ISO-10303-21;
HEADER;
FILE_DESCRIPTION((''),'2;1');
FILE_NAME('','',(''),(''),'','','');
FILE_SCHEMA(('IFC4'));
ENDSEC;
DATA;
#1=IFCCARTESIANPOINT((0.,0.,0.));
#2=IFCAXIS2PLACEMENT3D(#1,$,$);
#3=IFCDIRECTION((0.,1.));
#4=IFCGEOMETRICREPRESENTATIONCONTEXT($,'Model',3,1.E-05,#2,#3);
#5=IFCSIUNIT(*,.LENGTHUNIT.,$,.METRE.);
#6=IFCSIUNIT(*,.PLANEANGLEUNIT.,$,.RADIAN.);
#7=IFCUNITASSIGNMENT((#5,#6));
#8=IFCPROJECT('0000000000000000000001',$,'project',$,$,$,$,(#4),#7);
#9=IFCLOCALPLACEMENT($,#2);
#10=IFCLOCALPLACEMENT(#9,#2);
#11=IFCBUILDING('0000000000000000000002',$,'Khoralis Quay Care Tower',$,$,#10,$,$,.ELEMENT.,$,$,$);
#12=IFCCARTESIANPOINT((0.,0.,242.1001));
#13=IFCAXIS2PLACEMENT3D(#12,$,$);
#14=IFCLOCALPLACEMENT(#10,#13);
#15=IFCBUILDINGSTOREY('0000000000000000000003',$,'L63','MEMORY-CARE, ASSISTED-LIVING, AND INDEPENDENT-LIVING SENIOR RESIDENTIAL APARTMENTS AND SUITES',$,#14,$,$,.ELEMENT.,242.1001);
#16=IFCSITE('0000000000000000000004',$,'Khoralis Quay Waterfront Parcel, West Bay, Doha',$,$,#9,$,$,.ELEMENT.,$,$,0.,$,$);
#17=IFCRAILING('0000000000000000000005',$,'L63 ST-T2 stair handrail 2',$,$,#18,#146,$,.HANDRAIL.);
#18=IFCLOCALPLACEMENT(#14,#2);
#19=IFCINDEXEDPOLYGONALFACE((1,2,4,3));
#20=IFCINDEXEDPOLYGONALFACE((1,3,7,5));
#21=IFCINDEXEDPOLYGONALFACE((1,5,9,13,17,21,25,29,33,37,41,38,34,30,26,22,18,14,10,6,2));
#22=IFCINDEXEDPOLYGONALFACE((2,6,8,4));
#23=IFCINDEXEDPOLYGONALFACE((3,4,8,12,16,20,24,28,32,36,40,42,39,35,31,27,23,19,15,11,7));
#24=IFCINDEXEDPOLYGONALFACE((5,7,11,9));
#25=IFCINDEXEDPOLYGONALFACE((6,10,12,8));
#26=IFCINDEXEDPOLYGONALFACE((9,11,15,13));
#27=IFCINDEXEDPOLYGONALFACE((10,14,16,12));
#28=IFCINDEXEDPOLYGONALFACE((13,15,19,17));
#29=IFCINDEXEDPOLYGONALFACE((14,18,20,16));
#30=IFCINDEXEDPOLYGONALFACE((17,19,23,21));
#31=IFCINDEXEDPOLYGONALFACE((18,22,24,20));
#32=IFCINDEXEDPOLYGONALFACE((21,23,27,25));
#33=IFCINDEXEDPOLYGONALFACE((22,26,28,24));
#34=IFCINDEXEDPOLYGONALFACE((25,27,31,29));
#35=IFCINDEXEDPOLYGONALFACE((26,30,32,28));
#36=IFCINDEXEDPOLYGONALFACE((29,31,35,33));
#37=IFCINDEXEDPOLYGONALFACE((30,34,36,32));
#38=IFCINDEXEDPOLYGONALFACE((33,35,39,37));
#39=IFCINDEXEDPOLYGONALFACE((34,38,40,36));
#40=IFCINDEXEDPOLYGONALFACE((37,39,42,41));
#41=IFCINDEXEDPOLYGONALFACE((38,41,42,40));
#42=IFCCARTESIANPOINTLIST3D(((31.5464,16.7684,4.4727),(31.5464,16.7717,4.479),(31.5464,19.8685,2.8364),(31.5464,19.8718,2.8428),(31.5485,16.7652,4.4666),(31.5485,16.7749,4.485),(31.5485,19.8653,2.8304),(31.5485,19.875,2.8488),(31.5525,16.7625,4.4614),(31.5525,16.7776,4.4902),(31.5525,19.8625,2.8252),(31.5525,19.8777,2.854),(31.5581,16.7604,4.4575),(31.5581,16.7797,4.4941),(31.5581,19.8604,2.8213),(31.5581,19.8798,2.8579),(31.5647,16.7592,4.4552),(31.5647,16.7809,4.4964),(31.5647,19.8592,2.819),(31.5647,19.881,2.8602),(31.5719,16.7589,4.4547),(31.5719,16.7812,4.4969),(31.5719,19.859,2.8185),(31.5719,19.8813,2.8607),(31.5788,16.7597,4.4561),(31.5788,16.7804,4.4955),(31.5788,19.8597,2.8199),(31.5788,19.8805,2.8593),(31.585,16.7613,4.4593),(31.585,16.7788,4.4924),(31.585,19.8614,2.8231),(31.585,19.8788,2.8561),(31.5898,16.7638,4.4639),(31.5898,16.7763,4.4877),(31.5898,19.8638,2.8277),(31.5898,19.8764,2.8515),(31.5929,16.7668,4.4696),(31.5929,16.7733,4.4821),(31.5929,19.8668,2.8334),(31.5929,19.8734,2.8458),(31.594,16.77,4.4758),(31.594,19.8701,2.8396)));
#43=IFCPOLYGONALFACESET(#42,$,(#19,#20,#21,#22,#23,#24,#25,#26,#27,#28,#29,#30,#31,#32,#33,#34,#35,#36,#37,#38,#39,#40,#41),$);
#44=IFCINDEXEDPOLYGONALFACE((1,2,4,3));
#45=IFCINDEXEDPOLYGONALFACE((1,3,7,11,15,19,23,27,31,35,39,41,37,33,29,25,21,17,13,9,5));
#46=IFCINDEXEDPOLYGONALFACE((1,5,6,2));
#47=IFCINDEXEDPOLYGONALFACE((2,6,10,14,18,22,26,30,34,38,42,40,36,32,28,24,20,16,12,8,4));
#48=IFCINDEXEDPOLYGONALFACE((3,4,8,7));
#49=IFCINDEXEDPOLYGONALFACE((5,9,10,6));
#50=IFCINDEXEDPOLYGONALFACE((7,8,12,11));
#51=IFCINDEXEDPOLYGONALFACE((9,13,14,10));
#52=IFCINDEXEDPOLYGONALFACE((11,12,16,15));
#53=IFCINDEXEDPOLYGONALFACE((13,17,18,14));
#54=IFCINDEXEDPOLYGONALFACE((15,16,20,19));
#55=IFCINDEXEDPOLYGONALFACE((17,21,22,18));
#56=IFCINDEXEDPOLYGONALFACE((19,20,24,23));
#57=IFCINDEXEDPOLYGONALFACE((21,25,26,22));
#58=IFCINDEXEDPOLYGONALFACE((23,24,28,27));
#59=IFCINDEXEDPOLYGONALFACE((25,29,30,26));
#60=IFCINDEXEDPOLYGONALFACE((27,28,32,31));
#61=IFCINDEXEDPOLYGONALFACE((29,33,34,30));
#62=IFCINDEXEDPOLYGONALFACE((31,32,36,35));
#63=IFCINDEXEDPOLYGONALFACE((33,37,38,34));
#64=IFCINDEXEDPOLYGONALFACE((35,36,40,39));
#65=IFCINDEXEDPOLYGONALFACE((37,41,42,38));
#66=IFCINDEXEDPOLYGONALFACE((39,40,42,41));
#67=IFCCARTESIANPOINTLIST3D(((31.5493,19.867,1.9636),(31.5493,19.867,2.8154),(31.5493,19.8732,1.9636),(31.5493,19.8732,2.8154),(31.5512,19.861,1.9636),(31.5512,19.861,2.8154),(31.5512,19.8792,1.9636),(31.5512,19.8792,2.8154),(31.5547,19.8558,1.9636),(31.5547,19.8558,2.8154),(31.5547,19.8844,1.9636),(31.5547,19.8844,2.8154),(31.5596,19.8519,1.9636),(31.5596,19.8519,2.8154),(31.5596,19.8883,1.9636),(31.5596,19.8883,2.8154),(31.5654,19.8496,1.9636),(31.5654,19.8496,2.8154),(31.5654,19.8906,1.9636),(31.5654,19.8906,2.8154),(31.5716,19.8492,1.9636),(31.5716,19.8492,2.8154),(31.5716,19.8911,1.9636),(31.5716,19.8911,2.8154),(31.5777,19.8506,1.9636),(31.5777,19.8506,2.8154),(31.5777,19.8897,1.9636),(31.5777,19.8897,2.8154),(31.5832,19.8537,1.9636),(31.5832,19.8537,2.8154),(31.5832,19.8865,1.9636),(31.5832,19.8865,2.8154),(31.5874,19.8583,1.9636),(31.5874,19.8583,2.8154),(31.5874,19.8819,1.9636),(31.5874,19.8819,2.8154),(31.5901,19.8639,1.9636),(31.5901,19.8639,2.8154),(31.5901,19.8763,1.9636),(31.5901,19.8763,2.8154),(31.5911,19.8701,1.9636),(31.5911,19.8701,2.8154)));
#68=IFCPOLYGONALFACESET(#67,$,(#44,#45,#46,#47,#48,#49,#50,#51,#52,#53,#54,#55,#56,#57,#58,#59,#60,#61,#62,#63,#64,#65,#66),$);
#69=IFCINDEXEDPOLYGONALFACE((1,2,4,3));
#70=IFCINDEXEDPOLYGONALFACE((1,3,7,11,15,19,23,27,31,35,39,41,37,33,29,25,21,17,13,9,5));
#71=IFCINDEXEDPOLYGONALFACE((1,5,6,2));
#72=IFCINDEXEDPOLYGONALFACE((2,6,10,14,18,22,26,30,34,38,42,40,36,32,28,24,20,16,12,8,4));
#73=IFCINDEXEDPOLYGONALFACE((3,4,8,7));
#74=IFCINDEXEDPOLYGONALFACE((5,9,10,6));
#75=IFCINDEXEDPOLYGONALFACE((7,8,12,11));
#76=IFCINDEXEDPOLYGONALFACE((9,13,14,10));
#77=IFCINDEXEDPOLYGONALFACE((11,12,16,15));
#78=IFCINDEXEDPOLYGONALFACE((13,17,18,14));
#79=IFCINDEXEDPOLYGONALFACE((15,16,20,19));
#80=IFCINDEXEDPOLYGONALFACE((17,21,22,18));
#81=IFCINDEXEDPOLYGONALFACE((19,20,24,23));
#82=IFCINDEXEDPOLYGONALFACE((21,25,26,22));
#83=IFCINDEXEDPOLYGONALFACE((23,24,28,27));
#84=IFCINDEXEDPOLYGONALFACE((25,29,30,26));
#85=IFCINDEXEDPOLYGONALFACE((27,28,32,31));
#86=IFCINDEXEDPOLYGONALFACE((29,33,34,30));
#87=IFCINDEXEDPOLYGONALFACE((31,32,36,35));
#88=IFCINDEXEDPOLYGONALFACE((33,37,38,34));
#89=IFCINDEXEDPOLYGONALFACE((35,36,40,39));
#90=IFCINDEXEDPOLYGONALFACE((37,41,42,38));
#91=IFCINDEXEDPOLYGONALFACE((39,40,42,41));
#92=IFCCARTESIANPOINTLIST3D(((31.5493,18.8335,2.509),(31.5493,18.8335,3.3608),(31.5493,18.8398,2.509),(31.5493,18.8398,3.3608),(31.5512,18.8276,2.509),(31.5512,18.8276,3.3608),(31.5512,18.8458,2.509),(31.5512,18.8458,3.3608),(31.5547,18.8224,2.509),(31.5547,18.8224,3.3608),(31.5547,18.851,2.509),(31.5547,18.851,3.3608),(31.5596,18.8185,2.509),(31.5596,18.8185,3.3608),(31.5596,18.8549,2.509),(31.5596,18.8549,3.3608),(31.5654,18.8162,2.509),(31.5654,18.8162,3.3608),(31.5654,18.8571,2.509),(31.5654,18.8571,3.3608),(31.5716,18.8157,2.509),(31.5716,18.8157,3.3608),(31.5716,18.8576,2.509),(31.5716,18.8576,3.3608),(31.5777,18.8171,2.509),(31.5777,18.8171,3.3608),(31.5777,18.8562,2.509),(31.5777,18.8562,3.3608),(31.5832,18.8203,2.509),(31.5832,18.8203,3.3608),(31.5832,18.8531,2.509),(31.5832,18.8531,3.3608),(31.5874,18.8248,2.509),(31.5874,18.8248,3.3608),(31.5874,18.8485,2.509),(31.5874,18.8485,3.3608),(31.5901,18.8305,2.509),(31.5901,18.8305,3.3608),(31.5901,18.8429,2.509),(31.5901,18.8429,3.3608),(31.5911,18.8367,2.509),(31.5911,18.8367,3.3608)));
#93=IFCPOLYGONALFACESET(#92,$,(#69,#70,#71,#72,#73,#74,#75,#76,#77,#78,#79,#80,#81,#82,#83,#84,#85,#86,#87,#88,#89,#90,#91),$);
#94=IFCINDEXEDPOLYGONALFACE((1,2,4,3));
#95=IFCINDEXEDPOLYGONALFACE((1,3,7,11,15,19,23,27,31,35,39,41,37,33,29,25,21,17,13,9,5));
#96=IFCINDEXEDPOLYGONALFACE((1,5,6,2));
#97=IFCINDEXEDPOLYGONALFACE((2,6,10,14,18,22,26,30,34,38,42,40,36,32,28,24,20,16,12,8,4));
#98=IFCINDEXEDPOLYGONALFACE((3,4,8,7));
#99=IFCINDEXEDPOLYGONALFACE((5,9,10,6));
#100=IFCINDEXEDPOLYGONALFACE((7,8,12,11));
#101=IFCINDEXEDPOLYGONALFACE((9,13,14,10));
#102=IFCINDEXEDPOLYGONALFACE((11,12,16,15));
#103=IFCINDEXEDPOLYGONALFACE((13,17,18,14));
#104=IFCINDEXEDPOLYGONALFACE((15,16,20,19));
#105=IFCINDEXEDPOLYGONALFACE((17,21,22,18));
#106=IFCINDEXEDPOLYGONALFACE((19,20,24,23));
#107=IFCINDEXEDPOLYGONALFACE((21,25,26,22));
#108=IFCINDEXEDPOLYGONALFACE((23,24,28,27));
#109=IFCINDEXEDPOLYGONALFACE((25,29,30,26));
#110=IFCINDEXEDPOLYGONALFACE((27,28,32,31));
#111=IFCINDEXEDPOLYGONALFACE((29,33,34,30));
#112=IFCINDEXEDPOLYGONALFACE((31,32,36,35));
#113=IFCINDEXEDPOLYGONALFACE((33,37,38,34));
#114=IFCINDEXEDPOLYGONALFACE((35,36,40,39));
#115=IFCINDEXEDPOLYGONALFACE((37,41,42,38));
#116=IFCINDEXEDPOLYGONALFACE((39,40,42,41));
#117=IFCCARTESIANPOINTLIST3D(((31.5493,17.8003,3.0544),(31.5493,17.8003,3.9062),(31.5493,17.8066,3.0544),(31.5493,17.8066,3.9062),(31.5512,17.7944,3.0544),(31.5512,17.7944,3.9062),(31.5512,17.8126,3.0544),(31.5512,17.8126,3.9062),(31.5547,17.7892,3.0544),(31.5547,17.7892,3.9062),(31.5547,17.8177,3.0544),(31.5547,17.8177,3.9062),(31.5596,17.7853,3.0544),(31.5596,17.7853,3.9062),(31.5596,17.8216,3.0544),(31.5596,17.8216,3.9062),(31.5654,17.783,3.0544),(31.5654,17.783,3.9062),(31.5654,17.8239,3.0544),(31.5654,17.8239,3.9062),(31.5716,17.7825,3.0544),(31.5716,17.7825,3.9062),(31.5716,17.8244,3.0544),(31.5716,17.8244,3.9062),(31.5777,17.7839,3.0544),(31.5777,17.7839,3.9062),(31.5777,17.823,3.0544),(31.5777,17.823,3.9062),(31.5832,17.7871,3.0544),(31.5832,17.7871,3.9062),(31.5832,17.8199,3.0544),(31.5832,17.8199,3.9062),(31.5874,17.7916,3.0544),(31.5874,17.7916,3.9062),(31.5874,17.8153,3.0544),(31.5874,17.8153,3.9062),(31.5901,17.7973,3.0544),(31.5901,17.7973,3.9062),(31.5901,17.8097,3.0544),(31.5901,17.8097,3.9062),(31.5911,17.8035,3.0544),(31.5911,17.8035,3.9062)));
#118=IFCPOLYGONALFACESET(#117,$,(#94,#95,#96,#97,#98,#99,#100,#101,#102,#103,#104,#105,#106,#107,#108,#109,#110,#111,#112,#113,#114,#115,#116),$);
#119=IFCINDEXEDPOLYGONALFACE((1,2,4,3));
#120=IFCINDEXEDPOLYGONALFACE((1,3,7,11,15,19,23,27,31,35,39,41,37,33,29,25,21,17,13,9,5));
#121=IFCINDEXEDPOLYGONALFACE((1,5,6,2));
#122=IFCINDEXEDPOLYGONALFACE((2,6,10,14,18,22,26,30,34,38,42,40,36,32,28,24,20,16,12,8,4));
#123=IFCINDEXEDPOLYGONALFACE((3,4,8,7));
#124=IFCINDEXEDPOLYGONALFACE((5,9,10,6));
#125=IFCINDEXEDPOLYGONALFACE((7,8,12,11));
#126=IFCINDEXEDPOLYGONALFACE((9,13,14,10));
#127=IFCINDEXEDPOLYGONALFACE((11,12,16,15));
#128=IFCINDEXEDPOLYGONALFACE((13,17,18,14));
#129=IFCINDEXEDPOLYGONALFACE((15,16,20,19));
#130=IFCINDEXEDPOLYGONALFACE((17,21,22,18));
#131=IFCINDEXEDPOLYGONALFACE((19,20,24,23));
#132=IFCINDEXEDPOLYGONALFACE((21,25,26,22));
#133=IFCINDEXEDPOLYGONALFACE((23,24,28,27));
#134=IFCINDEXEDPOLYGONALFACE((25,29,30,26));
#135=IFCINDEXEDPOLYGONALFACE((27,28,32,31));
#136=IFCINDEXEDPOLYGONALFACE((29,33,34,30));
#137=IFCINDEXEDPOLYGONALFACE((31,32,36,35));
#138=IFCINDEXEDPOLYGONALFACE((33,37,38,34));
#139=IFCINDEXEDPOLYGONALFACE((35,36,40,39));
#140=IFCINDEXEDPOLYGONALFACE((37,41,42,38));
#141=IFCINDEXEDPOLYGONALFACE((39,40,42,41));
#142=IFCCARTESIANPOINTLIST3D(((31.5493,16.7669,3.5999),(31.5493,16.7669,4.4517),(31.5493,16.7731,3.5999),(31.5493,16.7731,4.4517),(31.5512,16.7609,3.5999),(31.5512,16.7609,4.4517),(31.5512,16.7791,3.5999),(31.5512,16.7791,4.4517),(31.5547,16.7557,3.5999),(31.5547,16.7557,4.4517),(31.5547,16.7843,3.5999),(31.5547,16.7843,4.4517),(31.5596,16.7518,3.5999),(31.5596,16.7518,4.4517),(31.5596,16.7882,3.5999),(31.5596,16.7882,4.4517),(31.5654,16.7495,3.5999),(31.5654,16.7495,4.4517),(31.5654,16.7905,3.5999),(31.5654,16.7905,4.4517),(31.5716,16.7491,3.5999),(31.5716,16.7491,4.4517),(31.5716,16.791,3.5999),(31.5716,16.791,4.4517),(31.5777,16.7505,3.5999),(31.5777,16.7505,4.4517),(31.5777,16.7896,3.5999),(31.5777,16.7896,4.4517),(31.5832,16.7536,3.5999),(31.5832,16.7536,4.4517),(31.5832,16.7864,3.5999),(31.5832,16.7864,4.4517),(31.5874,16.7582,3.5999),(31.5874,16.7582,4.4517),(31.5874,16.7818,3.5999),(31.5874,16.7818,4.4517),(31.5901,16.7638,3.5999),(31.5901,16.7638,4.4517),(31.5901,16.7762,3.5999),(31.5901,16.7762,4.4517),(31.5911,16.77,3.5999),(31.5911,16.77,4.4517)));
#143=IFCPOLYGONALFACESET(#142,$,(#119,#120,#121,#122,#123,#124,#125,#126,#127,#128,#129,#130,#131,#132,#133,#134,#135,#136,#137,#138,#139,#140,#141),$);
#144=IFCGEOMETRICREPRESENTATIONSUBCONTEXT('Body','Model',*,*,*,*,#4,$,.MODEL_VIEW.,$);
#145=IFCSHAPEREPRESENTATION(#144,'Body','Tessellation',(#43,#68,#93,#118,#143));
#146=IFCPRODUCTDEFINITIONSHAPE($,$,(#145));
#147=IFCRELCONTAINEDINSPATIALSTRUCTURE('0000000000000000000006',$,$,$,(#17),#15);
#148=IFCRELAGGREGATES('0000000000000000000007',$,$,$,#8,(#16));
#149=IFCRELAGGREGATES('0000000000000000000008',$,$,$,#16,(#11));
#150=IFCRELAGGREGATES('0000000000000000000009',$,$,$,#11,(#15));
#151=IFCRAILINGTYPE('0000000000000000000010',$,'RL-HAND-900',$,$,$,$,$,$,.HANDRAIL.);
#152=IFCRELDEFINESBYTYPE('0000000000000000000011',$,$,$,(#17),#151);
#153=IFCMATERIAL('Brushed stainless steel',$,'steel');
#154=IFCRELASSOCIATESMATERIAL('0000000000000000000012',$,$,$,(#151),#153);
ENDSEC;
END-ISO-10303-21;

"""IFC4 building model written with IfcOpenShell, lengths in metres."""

from ifc_helpers import new_model, si_unit, direction, frame, origin, origin_2d, place, context, subcontext, project, spatial, circle, extrude, material, type_object, element, save


model = new_model("IFC4")

# Units and contexts
model_context = context("Model", 3, precision=1e-05, world=origin(), true_north=direction((0.0, 1.0)))
body_context = subcontext(model_context, "Body", "Model", "MODEL_VIEW")
ifc_project = project(units=[si_unit("LENGTHUNIT", "METRE"), si_unit("PLANEANGLEUNIT", "RADIAN")], contexts=[model_context])

# Site, building, storey
site_placement = place(None, origin())
site = spatial("IfcSite", under=ifc_project, at=site_placement, Name="Khoralis Quay Waterfront Parcel, West Bay, Doha", CompositionType="ELEMENT", RefElevation=0.0)
building_placement = place(site_placement, origin())
building = spatial("IfcBuilding", under=site, at=building_placement, Name="Khoralis Quay Care Tower", CompositionType="ELEMENT")
storey_placement = place(building_placement, frame((0.0, 0.0, 242.1001)))
storey = spatial("IfcBuildingStorey", under=building, at=storey_placement, Name="L63", Description="MEMORY-CARE, ASSISTED-LIVING, AND INDEPENDENT-LIVING SENIOR RESIDENTIAL APARTMENTS AND SUITES", CompositionType="ELEMENT", Elevation=242.1001)

# Shared definitions
ifc_material_1 = material(Name="Brushed stainless steel", Category="steel")

# Railing
railing_type_1 = type_object("IfcRailingType", Name="RL-HAND-900", PredefinedType="HANDRAIL", material=ifc_material_1)
railing_1_placement = place(storey_placement, frame((31.5701, 19.8701, 1.9636)))
element("IfcRailing", 1, at=railing_1_placement, inside=storey, type_object=railing_type_1, Name="L63 ST-T2 stair handrail 2", PredefinedType="HANDRAIL", context=body_context, shape_type="SweptSolid", body=[
    extrude(circle(Radius=0.0239, at=origin_2d()), frame((0.0, 0.0, 0.876), z_axis=(0.0, -0.884377, 0.466774), x_axis=(1.0, 0.0, 0.0)), (0.0, 0.0, 1.0), 3.5054),
    extrude(circle(Radius=0.021, at=origin_2d()), origin(), (0.0, 0.0, 1.0), 0.8518),
    extrude(circle(Radius=0.021, at=origin_2d()), frame((0.0, -1.0334, 0.5454)), (0.0, 0.0, 1.0), 0.8518),
    extrude(circle(Radius=0.021, at=origin_2d()), frame((0.0, -2.0667, 1.0908)), (0.0, 0.0, 1.0), 0.8518),
    extrude(circle(Radius=0.021, at=origin_2d()), frame((0.0, -3.1001, 1.6362)), (0.0, 0.0, 1.0), 0.8518),
])

save(model, "model.ifc")
